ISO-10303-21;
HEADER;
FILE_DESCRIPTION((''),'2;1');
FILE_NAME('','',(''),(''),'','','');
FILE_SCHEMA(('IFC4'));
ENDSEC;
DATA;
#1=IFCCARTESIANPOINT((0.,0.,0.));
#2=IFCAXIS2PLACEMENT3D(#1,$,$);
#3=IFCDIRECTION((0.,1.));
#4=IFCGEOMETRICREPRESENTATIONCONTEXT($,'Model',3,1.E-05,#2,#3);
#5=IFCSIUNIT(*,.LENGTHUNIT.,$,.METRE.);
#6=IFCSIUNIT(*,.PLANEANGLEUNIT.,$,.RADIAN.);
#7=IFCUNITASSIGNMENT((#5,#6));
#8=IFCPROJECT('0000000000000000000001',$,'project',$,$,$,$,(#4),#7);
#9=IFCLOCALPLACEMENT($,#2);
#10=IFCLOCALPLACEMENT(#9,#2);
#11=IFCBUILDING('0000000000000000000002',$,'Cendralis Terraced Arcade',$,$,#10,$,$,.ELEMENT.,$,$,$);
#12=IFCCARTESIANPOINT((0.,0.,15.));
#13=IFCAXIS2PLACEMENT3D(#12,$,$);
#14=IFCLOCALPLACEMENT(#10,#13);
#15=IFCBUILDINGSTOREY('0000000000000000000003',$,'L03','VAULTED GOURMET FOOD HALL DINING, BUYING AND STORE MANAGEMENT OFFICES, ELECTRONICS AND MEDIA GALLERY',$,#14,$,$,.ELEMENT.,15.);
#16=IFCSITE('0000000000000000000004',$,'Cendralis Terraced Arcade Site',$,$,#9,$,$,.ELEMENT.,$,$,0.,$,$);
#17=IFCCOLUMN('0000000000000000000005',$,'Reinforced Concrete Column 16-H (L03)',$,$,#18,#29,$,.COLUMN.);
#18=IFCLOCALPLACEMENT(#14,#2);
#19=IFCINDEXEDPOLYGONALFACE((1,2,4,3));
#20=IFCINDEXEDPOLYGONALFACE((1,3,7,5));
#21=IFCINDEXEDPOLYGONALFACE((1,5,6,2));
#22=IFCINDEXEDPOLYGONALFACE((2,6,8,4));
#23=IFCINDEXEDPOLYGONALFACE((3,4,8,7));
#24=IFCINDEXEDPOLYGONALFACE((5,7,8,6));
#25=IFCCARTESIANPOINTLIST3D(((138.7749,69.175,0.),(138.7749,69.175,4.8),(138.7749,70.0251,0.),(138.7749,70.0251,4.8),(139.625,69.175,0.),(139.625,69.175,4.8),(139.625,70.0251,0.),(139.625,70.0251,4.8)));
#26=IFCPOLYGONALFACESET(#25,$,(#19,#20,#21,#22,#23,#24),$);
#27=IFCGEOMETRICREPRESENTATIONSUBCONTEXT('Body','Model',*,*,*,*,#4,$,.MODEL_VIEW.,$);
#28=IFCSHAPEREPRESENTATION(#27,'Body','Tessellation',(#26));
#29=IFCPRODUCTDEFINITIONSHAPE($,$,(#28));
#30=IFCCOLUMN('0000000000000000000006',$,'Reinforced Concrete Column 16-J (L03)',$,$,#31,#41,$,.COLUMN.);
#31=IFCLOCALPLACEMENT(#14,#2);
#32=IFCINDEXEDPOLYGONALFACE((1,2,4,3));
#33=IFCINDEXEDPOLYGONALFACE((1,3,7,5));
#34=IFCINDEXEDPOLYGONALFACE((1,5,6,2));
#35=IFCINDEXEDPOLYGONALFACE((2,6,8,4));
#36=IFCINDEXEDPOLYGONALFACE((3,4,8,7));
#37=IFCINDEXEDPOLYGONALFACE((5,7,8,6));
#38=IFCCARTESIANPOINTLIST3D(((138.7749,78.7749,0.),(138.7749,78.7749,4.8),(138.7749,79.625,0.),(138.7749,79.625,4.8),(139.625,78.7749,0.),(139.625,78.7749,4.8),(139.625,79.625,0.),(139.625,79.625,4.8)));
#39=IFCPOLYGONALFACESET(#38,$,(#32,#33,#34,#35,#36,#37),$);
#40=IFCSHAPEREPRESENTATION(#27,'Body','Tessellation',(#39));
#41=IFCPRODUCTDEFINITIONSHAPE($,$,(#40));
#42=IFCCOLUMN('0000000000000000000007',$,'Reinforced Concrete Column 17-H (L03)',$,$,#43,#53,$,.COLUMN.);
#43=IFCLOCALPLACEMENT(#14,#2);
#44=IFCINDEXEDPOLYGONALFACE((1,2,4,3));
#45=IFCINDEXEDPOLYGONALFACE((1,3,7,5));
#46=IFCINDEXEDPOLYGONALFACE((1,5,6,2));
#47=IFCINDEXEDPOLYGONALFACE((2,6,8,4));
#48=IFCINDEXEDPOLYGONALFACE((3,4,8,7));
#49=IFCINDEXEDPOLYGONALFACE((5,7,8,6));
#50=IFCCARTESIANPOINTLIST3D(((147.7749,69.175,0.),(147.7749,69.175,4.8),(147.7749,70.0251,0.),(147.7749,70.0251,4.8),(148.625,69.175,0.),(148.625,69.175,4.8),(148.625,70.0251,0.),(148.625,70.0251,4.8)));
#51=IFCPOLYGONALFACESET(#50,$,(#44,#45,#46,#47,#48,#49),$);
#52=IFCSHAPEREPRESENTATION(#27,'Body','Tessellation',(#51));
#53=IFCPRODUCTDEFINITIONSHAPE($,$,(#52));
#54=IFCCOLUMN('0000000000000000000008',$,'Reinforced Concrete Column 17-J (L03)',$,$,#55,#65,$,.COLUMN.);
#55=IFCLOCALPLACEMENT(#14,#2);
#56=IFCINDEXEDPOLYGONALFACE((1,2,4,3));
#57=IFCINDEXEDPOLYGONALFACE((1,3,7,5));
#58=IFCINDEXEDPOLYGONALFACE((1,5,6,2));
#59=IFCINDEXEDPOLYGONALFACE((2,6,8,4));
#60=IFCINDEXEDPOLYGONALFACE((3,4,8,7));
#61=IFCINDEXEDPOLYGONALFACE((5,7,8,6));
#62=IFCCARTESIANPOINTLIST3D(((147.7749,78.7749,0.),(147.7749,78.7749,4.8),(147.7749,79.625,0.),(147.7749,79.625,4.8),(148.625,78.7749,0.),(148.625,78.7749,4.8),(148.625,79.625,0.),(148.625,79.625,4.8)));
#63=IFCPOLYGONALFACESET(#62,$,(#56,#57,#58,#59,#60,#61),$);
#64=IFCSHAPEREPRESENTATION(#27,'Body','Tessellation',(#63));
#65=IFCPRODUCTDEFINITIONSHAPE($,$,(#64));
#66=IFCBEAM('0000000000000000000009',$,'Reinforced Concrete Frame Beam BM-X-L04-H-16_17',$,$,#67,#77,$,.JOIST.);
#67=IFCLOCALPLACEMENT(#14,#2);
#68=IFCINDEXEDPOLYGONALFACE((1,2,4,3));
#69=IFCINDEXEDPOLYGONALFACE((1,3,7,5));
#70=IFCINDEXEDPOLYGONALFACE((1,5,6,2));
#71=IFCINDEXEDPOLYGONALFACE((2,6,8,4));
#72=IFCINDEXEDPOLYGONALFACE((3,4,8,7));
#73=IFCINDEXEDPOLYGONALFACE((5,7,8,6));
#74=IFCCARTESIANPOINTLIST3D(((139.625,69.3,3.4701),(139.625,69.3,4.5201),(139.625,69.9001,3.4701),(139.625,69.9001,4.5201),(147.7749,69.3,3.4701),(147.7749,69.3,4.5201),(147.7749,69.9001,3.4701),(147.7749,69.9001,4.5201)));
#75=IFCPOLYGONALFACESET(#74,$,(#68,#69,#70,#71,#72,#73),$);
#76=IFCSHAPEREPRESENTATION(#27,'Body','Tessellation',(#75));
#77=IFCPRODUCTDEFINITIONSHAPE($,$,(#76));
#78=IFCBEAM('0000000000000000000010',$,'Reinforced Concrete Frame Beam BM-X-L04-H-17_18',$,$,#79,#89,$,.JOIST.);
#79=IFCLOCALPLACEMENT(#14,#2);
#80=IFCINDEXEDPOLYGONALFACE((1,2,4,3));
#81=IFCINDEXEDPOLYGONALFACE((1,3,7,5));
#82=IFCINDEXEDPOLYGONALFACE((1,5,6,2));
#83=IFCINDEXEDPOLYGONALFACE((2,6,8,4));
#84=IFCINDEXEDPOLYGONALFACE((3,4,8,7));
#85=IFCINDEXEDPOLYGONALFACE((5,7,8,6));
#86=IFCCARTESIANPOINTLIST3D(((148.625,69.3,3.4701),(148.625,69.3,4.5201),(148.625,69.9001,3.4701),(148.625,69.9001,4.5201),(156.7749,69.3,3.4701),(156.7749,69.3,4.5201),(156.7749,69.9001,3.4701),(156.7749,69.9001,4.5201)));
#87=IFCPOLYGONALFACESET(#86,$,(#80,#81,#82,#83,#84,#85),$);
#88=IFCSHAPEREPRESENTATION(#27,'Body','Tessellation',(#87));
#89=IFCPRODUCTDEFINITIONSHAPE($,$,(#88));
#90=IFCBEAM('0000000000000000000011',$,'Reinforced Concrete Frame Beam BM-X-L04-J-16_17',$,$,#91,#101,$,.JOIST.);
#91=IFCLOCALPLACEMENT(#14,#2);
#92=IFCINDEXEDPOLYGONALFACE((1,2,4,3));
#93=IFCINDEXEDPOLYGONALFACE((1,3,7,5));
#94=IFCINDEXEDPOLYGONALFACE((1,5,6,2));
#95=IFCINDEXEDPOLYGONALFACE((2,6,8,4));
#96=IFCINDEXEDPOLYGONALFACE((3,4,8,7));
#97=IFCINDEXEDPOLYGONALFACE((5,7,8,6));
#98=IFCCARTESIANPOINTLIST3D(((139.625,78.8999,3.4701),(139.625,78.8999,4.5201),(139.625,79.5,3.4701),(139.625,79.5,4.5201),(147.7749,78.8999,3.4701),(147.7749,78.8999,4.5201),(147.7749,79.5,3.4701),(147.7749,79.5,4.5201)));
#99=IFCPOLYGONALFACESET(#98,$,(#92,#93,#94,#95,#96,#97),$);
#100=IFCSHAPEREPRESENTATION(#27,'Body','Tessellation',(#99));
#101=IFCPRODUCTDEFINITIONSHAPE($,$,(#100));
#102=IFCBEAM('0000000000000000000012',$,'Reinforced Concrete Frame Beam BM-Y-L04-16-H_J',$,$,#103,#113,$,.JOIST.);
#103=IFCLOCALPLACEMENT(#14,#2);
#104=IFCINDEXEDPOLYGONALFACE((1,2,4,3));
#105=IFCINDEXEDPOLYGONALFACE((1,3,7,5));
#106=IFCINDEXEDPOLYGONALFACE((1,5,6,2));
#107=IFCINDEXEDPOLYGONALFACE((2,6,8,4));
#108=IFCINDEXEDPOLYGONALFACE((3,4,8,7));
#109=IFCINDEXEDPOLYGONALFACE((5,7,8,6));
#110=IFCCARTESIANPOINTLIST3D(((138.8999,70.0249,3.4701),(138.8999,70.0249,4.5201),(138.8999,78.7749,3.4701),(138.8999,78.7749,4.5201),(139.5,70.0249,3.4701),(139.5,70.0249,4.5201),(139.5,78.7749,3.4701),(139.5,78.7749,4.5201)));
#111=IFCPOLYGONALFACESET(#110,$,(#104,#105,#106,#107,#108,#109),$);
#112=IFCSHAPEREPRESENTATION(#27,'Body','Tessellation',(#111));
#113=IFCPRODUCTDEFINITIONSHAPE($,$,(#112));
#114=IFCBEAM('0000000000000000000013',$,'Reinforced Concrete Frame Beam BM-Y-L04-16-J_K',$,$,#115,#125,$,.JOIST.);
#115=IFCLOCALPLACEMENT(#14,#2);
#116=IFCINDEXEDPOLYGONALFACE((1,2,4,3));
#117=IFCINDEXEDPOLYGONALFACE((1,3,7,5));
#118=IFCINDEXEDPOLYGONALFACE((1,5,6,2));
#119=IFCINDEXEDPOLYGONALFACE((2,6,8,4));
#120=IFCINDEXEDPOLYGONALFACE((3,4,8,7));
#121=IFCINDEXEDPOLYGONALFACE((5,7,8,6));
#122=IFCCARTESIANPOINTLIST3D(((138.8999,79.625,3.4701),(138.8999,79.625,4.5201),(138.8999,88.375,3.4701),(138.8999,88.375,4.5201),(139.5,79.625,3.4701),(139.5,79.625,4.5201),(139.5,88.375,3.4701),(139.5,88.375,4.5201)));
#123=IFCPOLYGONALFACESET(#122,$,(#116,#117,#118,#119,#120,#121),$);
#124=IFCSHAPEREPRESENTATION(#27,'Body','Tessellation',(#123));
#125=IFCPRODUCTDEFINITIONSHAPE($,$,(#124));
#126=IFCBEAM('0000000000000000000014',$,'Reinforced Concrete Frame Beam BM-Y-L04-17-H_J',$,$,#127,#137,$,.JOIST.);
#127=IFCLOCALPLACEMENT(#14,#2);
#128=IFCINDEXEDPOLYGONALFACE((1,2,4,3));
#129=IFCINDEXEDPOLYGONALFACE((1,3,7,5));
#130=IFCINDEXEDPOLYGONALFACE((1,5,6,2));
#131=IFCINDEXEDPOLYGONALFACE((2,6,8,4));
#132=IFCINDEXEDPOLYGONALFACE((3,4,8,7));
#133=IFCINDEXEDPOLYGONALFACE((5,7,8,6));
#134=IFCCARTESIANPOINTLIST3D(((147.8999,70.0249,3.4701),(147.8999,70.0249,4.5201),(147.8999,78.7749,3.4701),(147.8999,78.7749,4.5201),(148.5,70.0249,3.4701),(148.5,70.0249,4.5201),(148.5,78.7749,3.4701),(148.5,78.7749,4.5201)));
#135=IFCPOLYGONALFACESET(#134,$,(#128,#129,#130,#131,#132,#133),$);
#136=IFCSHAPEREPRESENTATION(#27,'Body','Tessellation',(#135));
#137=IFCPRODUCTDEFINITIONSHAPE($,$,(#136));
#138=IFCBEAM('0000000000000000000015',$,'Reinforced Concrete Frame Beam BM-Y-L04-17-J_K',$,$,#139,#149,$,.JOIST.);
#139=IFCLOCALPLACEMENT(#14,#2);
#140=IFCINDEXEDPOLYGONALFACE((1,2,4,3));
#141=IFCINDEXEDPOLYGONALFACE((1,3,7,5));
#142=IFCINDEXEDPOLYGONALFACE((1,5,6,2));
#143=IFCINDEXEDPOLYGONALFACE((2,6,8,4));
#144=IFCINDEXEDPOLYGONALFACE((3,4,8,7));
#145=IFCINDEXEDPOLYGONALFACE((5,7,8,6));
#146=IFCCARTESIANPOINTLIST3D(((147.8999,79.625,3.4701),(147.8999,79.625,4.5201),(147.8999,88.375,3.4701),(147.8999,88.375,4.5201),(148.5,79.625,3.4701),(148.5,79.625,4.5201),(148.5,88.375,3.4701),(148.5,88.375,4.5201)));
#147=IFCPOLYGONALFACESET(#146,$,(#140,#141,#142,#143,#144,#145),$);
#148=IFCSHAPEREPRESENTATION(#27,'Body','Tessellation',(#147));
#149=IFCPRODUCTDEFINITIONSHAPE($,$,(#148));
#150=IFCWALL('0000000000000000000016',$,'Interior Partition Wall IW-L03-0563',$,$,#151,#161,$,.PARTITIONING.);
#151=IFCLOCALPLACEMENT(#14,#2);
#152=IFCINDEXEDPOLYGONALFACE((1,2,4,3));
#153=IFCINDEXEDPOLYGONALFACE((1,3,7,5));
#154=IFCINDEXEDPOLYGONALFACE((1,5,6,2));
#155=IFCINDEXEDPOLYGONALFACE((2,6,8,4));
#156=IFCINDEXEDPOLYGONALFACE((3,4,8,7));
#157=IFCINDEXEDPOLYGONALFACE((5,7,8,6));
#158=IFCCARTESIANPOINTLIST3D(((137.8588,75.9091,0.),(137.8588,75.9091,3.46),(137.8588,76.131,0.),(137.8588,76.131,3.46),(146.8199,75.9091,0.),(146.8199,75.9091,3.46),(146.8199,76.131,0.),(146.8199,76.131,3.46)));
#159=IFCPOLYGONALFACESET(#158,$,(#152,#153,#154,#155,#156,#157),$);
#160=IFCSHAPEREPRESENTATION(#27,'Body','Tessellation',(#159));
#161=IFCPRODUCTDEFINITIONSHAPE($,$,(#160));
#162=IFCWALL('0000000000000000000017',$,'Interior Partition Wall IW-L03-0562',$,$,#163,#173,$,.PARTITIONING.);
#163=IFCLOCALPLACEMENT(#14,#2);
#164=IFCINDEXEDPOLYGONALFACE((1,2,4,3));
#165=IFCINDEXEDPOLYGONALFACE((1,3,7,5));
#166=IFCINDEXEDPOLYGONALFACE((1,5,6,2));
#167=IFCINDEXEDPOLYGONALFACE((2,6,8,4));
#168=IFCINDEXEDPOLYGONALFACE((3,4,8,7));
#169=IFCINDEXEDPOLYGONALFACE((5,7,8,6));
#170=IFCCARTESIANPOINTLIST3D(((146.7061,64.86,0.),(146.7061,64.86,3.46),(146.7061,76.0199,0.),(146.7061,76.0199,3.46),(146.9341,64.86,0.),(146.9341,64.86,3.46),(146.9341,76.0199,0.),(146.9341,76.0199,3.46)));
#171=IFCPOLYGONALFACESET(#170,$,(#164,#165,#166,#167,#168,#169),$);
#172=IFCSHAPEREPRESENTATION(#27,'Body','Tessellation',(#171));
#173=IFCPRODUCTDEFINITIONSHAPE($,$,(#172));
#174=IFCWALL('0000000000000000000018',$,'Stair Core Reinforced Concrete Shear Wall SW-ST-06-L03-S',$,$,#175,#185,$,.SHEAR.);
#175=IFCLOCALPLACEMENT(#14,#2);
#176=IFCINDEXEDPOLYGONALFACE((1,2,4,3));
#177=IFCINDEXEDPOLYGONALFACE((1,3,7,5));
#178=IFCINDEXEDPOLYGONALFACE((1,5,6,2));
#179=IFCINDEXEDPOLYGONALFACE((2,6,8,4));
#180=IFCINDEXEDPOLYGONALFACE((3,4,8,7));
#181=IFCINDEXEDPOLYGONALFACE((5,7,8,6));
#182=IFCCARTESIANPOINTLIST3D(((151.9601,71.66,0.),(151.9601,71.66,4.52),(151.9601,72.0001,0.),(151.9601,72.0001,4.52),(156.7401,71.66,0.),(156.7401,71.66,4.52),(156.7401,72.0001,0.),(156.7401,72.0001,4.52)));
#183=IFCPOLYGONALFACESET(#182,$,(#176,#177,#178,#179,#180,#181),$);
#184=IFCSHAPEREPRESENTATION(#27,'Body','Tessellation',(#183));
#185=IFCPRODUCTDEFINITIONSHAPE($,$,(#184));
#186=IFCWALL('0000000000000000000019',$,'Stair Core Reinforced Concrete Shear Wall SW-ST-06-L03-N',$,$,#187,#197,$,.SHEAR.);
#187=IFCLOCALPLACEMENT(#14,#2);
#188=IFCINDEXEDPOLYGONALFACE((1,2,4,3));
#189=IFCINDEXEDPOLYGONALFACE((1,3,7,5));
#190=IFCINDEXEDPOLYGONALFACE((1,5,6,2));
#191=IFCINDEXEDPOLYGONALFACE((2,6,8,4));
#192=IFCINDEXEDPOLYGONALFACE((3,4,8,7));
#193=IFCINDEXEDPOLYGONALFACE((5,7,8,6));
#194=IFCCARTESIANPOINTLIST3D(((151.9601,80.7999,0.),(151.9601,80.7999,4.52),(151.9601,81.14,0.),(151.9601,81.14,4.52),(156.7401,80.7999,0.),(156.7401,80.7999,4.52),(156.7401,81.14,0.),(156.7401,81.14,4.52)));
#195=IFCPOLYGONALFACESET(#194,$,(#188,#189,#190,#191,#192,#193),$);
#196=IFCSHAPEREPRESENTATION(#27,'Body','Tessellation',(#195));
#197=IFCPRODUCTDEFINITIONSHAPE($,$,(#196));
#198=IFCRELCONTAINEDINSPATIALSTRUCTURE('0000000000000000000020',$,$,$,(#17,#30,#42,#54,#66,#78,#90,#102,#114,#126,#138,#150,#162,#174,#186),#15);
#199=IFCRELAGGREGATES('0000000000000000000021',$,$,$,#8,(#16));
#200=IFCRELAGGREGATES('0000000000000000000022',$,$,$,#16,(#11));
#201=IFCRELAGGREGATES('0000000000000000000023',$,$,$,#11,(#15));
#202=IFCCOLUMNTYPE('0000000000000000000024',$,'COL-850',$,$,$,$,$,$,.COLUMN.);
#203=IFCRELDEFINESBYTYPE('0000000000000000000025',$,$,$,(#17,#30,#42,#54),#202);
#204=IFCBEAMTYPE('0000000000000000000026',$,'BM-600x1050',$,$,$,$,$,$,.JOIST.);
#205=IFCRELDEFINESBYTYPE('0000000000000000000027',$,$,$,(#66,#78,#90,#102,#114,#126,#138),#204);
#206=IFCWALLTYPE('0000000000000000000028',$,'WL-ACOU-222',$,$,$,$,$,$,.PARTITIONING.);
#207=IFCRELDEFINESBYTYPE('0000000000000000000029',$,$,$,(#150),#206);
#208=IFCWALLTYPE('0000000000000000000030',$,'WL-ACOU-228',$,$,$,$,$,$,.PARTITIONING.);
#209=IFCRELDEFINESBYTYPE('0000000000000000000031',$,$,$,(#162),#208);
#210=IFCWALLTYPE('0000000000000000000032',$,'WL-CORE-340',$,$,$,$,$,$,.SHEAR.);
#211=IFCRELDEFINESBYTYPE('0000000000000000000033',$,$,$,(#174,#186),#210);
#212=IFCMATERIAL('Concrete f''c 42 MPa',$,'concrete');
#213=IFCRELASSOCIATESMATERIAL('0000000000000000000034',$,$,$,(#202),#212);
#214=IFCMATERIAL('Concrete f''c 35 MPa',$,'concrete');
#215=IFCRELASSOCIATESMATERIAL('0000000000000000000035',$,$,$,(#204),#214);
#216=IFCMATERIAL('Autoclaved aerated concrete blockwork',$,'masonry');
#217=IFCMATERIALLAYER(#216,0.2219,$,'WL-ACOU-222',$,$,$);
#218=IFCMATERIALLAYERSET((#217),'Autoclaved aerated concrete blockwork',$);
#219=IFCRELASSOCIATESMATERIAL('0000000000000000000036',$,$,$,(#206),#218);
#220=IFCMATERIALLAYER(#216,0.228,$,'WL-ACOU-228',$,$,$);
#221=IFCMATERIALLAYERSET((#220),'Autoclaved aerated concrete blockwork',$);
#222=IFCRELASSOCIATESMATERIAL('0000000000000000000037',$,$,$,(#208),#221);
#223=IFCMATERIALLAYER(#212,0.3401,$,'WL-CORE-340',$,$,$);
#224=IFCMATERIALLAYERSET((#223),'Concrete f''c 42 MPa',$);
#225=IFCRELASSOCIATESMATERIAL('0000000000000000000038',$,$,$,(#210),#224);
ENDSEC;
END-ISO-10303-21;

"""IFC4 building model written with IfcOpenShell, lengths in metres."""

from ifc_helpers import new_model, si_unit, direction, frame, frame_2d, origin, origin_2d, place, context, subcontext, project, spatial, rectangle, extrude, material, layer, layer_set, material_profile, profile_set, type_object, element, save


model = new_model("IFC4")

# Units and contexts
model_context = context("Model", 3, precision=1e-05, world=origin(), true_north=direction((0.0, 1.0)))
body_context = subcontext(model_context, "Body", "Model", "MODEL_VIEW")
ifc_project = project(units=[si_unit("LENGTHUNIT", "METRE"), si_unit("PLANEANGLEUNIT", "RADIAN")], contexts=[model_context])

# Site, building, storey
site_placement = place(None, origin())
site = spatial("IfcSite", under=ifc_project, at=site_placement, Name="Cendralis Terraced Arcade Site", CompositionType="ELEMENT", RefElevation=0.0)
building_placement = place(site_placement, origin())
building = spatial("IfcBuilding", under=site, at=building_placement, Name="Cendralis Terraced Arcade", CompositionType="ELEMENT")
storey_placement = place(building_placement, frame((0.0, 0.0, 15.0)))
storey = spatial("IfcBuildingStorey", under=building, at=storey_placement, Name="L03", Description="VAULTED GOURMET FOOD HALL DINING, BUYING AND STORE MANAGEMENT OFFICES, ELECTRONICS AND MEDIA GALLERY", CompositionType="ELEMENT", Elevation=15.0)

# Columns
ifc_material_1 = material(Name="Concrete f'c 42 MPa", Category="concrete")
ifc_material_profile_1 = material_profile(ifc_material_1, rectangle(XDim=0.8501, YDim=0.8501, at=origin_2d()), Name="RC-COL-850x850", Category="LoadBearing")
ifc_profile_set_1 = profile_set([ifc_material_profile_1], Name="Concrete f'c 42 MPa")
column_type = type_object("IfcColumnType", Name="COL-850", PredefinedType="COLUMN", material=ifc_profile_set_1)
for number, where, z_axis, x_axis, name in (
    (1, (139.2, 69.6001, 0.0), (0.0, 0.0, 1.0), (1.0, 0.0, 0.0), "Reinforced Concrete Column 16-H (L03)"),
    (2, (139.2, 79.2, 0.0), (0.0, 0.0, 1.0), (1.0, 0.0, 0.0), "Reinforced Concrete Column 16-J (L03)"),
    (3, (148.2, 69.6001, 0.0), (0.0, 0.0, 1.0), (1.0, 0.0, 0.0), "Reinforced Concrete Column 17-H (L03)"),
    (4, (148.2, 79.2, 0.0), (0.0, 0.0, 1.0), (1.0, 0.0, 0.0), "Reinforced Concrete Column 17-J (L03)"),
):
    element("IfcColumn", number, at=place(storey_placement, frame(where, z_axis=z_axis, x_axis=x_axis)), inside=storey, type_object=column_type, Name=name, PredefinedType="COLUMN", context=body_context, shape_type="SweptSolid", body=[
        extrude(rectangle(XDim=0.8501, YDim=0.8501, at=origin_2d()), origin(), (0.0, 0.0, 1.0), 4.8),
    ])

# Beams
ifc_material_2 = material(Name="Concrete f'c 35 MPa", Category="concrete")
ifc_material_profile_2 = material_profile(ifc_material_2, rectangle(XDim=0.6001, YDim=1.05, at=origin_2d()), Name="RC-BM-600x1050", Category="LoadBearing")
ifc_profile_set_2 = profile_set([ifc_material_profile_2], Name="Concrete f'c 35 MPa")
beam_type = type_object("IfcBeamType", Name="BM-600x1050", PredefinedType="JOIST", material=ifc_profile_set_2)
for number, where, z_axis, x_axis, name in (
    (5, (139.625, 69.6001, 3.9951), (1.0, 0.0, 0.0), (0.0, 1.0, 0.0), "Reinforced Concrete Frame Beam BM-X-L04-H-16_17"),
    (6, (148.625, 69.6001, 3.9951), (1.0, 0.0, 0.0), (0.0, 1.0, 0.0), "Reinforced Concrete Frame Beam BM-X-L04-H-17_18"),
    (7, (139.625, 79.2, 3.9951), (1.0, 0.0, 0.0), (0.0, 1.0, 0.0), "Reinforced Concrete Frame Beam BM-X-L04-J-16_17"),
):
    element("IfcBeam", number, at=place(storey_placement, frame(where, z_axis=z_axis, x_axis=x_axis)), inside=storey, type_object=beam_type, Name=name, PredefinedType="JOIST", context=body_context, shape_type="SweptSolid", body=[
        extrude(rectangle(XDim=0.6001, YDim=1.05, at=origin_2d()), origin(), (0.0, 0.0, 1.0), 8.1499),
    ])
for number, where, z_axis, x_axis, name in (
    (8, (139.2, 70.0249, 3.9951), (0.0, 1.0, 0.0), (-1.0, 0.0, 0.0), "Reinforced Concrete Frame Beam BM-Y-L04-16-H_J"),
    (9, (139.2, 79.625, 3.9951), (0.0, 1.0, 0.0), (-1.0, 0.0, 0.0), "Reinforced Concrete Frame Beam BM-Y-L04-16-J_K"),
    (10, (148.2, 70.0249, 3.9951), (0.0, 1.0, 0.0), (-1.0, 0.0, 0.0), "Reinforced Concrete Frame Beam BM-Y-L04-17-H_J"),
    (11, (148.2, 79.625, 3.9951), (0.0, 1.0, 0.0), (-1.0, 0.0, 0.0), "Reinforced Concrete Frame Beam BM-Y-L04-17-J_K"),
):
    element("IfcBeam", number, at=place(storey_placement, frame(where, z_axis=z_axis, x_axis=x_axis)), inside=storey, type_object=beam_type, Name=name, PredefinedType="JOIST", context=body_context, shape_type="SweptSolid", body=[
        extrude(rectangle(XDim=0.6001, YDim=1.05, at=origin_2d()), origin(), (0.0, 0.0, 1.0), 8.75),
    ])

# Walls
ifc_material_3 = material(Name="Autoclaved aerated concrete blockwork", Category="masonry")
ifc_layer_1 = layer(ifc_material_3, 0.2219, Name="WL-ACOU-222")
ifc_layer_set_1 = layer_set([ifc_layer_1], Name="Autoclaved aerated concrete blockwork")
wall_type_1 = type_object("IfcWallType", Name="WL-ACOU-222", PredefinedType="PARTITIONING", material=ifc_layer_set_1)
wall_1_placement = place(storey_placement, frame((137.8589, 76.02, 0.0), z_axis=(0.0, 0.0, 1.0), x_axis=(1.0, 0.0, 0.0)))
element("IfcWall", 12, at=wall_1_placement, inside=storey, type_object=wall_type_1, Name="Interior Partition Wall IW-L03-0563", PredefinedType="PARTITIONING", context=body_context, shape_type="SweptSolid", body=[
    extrude(rectangle(XDim=8.9612, YDim=0.2219, at=frame_2d((4.4805, 0.0))), origin(), (0.0, 0.0, 1.0), 3.46),
])
ifc_layer_2 = layer(ifc_material_3, 0.228, Name="WL-ACOU-228")
ifc_layer_set_2 = layer_set([ifc_layer_2], Name="Autoclaved aerated concrete blockwork")
wall_type_2 = type_object("IfcWallType", Name="WL-ACOU-228", PredefinedType="PARTITIONING", material=ifc_layer_set_2)
wall_2_placement = place(storey_placement, frame((146.8201, 76.02, 0.0), z_axis=(0.0, 0.0, 1.0), x_axis=(0.0, -1.0, 0.0)))
element("IfcWall", 13, at=wall_2_placement, inside=storey, type_object=wall_type_2, Name="Interior Partition Wall IW-L03-0562", PredefinedType="PARTITIONING", context=body_context, shape_type="SweptSolid", body=[
    extrude(rectangle(XDim=11.1599, YDim=0.228, at=frame_2d((5.5801, 0.0))), origin(), (0.0, 0.0, 1.0), 3.46),
])
ifc_layer_3 = layer(ifc_material_1, 0.3401, Name="WL-CORE-340")
ifc_layer_set_3 = layer_set([ifc_layer_3], Name="Concrete f'c 42 MPa")
wall_type_3 = type_object("IfcWallType", Name="WL-CORE-340", PredefinedType="SHEAR", material=ifc_layer_set_3)
for number, where, z_axis, x_axis, name in (
    (14, (151.96, 71.8301, 0.0), (0.0, 0.0, 1.0), (1.0, 0.0, 0.0), "Stair Core Reinforced Concrete Shear Wall SW-ST-06-L03-S"),
    (15, (151.96, 80.97, 0.0), (0.0, 0.0, 1.0), (1.0, 0.0, 0.0), "Stair Core Reinforced Concrete Shear Wall SW-ST-06-L03-N"),
):
    element("IfcWall", number, at=place(storey_placement, frame(where, z_axis=z_axis, x_axis=x_axis)), inside=storey, type_object=wall_type_3, Name=name, PredefinedType="SHEAR", context=body_context, shape_type="SweptSolid", body=[
        extrude(rectangle(XDim=4.78, YDim=0.3401, at=frame_2d((2.3901, 0.0))), origin(), (0.0, 0.0, 1.0), 4.52),
    ])

save(model, "model.ifc")
